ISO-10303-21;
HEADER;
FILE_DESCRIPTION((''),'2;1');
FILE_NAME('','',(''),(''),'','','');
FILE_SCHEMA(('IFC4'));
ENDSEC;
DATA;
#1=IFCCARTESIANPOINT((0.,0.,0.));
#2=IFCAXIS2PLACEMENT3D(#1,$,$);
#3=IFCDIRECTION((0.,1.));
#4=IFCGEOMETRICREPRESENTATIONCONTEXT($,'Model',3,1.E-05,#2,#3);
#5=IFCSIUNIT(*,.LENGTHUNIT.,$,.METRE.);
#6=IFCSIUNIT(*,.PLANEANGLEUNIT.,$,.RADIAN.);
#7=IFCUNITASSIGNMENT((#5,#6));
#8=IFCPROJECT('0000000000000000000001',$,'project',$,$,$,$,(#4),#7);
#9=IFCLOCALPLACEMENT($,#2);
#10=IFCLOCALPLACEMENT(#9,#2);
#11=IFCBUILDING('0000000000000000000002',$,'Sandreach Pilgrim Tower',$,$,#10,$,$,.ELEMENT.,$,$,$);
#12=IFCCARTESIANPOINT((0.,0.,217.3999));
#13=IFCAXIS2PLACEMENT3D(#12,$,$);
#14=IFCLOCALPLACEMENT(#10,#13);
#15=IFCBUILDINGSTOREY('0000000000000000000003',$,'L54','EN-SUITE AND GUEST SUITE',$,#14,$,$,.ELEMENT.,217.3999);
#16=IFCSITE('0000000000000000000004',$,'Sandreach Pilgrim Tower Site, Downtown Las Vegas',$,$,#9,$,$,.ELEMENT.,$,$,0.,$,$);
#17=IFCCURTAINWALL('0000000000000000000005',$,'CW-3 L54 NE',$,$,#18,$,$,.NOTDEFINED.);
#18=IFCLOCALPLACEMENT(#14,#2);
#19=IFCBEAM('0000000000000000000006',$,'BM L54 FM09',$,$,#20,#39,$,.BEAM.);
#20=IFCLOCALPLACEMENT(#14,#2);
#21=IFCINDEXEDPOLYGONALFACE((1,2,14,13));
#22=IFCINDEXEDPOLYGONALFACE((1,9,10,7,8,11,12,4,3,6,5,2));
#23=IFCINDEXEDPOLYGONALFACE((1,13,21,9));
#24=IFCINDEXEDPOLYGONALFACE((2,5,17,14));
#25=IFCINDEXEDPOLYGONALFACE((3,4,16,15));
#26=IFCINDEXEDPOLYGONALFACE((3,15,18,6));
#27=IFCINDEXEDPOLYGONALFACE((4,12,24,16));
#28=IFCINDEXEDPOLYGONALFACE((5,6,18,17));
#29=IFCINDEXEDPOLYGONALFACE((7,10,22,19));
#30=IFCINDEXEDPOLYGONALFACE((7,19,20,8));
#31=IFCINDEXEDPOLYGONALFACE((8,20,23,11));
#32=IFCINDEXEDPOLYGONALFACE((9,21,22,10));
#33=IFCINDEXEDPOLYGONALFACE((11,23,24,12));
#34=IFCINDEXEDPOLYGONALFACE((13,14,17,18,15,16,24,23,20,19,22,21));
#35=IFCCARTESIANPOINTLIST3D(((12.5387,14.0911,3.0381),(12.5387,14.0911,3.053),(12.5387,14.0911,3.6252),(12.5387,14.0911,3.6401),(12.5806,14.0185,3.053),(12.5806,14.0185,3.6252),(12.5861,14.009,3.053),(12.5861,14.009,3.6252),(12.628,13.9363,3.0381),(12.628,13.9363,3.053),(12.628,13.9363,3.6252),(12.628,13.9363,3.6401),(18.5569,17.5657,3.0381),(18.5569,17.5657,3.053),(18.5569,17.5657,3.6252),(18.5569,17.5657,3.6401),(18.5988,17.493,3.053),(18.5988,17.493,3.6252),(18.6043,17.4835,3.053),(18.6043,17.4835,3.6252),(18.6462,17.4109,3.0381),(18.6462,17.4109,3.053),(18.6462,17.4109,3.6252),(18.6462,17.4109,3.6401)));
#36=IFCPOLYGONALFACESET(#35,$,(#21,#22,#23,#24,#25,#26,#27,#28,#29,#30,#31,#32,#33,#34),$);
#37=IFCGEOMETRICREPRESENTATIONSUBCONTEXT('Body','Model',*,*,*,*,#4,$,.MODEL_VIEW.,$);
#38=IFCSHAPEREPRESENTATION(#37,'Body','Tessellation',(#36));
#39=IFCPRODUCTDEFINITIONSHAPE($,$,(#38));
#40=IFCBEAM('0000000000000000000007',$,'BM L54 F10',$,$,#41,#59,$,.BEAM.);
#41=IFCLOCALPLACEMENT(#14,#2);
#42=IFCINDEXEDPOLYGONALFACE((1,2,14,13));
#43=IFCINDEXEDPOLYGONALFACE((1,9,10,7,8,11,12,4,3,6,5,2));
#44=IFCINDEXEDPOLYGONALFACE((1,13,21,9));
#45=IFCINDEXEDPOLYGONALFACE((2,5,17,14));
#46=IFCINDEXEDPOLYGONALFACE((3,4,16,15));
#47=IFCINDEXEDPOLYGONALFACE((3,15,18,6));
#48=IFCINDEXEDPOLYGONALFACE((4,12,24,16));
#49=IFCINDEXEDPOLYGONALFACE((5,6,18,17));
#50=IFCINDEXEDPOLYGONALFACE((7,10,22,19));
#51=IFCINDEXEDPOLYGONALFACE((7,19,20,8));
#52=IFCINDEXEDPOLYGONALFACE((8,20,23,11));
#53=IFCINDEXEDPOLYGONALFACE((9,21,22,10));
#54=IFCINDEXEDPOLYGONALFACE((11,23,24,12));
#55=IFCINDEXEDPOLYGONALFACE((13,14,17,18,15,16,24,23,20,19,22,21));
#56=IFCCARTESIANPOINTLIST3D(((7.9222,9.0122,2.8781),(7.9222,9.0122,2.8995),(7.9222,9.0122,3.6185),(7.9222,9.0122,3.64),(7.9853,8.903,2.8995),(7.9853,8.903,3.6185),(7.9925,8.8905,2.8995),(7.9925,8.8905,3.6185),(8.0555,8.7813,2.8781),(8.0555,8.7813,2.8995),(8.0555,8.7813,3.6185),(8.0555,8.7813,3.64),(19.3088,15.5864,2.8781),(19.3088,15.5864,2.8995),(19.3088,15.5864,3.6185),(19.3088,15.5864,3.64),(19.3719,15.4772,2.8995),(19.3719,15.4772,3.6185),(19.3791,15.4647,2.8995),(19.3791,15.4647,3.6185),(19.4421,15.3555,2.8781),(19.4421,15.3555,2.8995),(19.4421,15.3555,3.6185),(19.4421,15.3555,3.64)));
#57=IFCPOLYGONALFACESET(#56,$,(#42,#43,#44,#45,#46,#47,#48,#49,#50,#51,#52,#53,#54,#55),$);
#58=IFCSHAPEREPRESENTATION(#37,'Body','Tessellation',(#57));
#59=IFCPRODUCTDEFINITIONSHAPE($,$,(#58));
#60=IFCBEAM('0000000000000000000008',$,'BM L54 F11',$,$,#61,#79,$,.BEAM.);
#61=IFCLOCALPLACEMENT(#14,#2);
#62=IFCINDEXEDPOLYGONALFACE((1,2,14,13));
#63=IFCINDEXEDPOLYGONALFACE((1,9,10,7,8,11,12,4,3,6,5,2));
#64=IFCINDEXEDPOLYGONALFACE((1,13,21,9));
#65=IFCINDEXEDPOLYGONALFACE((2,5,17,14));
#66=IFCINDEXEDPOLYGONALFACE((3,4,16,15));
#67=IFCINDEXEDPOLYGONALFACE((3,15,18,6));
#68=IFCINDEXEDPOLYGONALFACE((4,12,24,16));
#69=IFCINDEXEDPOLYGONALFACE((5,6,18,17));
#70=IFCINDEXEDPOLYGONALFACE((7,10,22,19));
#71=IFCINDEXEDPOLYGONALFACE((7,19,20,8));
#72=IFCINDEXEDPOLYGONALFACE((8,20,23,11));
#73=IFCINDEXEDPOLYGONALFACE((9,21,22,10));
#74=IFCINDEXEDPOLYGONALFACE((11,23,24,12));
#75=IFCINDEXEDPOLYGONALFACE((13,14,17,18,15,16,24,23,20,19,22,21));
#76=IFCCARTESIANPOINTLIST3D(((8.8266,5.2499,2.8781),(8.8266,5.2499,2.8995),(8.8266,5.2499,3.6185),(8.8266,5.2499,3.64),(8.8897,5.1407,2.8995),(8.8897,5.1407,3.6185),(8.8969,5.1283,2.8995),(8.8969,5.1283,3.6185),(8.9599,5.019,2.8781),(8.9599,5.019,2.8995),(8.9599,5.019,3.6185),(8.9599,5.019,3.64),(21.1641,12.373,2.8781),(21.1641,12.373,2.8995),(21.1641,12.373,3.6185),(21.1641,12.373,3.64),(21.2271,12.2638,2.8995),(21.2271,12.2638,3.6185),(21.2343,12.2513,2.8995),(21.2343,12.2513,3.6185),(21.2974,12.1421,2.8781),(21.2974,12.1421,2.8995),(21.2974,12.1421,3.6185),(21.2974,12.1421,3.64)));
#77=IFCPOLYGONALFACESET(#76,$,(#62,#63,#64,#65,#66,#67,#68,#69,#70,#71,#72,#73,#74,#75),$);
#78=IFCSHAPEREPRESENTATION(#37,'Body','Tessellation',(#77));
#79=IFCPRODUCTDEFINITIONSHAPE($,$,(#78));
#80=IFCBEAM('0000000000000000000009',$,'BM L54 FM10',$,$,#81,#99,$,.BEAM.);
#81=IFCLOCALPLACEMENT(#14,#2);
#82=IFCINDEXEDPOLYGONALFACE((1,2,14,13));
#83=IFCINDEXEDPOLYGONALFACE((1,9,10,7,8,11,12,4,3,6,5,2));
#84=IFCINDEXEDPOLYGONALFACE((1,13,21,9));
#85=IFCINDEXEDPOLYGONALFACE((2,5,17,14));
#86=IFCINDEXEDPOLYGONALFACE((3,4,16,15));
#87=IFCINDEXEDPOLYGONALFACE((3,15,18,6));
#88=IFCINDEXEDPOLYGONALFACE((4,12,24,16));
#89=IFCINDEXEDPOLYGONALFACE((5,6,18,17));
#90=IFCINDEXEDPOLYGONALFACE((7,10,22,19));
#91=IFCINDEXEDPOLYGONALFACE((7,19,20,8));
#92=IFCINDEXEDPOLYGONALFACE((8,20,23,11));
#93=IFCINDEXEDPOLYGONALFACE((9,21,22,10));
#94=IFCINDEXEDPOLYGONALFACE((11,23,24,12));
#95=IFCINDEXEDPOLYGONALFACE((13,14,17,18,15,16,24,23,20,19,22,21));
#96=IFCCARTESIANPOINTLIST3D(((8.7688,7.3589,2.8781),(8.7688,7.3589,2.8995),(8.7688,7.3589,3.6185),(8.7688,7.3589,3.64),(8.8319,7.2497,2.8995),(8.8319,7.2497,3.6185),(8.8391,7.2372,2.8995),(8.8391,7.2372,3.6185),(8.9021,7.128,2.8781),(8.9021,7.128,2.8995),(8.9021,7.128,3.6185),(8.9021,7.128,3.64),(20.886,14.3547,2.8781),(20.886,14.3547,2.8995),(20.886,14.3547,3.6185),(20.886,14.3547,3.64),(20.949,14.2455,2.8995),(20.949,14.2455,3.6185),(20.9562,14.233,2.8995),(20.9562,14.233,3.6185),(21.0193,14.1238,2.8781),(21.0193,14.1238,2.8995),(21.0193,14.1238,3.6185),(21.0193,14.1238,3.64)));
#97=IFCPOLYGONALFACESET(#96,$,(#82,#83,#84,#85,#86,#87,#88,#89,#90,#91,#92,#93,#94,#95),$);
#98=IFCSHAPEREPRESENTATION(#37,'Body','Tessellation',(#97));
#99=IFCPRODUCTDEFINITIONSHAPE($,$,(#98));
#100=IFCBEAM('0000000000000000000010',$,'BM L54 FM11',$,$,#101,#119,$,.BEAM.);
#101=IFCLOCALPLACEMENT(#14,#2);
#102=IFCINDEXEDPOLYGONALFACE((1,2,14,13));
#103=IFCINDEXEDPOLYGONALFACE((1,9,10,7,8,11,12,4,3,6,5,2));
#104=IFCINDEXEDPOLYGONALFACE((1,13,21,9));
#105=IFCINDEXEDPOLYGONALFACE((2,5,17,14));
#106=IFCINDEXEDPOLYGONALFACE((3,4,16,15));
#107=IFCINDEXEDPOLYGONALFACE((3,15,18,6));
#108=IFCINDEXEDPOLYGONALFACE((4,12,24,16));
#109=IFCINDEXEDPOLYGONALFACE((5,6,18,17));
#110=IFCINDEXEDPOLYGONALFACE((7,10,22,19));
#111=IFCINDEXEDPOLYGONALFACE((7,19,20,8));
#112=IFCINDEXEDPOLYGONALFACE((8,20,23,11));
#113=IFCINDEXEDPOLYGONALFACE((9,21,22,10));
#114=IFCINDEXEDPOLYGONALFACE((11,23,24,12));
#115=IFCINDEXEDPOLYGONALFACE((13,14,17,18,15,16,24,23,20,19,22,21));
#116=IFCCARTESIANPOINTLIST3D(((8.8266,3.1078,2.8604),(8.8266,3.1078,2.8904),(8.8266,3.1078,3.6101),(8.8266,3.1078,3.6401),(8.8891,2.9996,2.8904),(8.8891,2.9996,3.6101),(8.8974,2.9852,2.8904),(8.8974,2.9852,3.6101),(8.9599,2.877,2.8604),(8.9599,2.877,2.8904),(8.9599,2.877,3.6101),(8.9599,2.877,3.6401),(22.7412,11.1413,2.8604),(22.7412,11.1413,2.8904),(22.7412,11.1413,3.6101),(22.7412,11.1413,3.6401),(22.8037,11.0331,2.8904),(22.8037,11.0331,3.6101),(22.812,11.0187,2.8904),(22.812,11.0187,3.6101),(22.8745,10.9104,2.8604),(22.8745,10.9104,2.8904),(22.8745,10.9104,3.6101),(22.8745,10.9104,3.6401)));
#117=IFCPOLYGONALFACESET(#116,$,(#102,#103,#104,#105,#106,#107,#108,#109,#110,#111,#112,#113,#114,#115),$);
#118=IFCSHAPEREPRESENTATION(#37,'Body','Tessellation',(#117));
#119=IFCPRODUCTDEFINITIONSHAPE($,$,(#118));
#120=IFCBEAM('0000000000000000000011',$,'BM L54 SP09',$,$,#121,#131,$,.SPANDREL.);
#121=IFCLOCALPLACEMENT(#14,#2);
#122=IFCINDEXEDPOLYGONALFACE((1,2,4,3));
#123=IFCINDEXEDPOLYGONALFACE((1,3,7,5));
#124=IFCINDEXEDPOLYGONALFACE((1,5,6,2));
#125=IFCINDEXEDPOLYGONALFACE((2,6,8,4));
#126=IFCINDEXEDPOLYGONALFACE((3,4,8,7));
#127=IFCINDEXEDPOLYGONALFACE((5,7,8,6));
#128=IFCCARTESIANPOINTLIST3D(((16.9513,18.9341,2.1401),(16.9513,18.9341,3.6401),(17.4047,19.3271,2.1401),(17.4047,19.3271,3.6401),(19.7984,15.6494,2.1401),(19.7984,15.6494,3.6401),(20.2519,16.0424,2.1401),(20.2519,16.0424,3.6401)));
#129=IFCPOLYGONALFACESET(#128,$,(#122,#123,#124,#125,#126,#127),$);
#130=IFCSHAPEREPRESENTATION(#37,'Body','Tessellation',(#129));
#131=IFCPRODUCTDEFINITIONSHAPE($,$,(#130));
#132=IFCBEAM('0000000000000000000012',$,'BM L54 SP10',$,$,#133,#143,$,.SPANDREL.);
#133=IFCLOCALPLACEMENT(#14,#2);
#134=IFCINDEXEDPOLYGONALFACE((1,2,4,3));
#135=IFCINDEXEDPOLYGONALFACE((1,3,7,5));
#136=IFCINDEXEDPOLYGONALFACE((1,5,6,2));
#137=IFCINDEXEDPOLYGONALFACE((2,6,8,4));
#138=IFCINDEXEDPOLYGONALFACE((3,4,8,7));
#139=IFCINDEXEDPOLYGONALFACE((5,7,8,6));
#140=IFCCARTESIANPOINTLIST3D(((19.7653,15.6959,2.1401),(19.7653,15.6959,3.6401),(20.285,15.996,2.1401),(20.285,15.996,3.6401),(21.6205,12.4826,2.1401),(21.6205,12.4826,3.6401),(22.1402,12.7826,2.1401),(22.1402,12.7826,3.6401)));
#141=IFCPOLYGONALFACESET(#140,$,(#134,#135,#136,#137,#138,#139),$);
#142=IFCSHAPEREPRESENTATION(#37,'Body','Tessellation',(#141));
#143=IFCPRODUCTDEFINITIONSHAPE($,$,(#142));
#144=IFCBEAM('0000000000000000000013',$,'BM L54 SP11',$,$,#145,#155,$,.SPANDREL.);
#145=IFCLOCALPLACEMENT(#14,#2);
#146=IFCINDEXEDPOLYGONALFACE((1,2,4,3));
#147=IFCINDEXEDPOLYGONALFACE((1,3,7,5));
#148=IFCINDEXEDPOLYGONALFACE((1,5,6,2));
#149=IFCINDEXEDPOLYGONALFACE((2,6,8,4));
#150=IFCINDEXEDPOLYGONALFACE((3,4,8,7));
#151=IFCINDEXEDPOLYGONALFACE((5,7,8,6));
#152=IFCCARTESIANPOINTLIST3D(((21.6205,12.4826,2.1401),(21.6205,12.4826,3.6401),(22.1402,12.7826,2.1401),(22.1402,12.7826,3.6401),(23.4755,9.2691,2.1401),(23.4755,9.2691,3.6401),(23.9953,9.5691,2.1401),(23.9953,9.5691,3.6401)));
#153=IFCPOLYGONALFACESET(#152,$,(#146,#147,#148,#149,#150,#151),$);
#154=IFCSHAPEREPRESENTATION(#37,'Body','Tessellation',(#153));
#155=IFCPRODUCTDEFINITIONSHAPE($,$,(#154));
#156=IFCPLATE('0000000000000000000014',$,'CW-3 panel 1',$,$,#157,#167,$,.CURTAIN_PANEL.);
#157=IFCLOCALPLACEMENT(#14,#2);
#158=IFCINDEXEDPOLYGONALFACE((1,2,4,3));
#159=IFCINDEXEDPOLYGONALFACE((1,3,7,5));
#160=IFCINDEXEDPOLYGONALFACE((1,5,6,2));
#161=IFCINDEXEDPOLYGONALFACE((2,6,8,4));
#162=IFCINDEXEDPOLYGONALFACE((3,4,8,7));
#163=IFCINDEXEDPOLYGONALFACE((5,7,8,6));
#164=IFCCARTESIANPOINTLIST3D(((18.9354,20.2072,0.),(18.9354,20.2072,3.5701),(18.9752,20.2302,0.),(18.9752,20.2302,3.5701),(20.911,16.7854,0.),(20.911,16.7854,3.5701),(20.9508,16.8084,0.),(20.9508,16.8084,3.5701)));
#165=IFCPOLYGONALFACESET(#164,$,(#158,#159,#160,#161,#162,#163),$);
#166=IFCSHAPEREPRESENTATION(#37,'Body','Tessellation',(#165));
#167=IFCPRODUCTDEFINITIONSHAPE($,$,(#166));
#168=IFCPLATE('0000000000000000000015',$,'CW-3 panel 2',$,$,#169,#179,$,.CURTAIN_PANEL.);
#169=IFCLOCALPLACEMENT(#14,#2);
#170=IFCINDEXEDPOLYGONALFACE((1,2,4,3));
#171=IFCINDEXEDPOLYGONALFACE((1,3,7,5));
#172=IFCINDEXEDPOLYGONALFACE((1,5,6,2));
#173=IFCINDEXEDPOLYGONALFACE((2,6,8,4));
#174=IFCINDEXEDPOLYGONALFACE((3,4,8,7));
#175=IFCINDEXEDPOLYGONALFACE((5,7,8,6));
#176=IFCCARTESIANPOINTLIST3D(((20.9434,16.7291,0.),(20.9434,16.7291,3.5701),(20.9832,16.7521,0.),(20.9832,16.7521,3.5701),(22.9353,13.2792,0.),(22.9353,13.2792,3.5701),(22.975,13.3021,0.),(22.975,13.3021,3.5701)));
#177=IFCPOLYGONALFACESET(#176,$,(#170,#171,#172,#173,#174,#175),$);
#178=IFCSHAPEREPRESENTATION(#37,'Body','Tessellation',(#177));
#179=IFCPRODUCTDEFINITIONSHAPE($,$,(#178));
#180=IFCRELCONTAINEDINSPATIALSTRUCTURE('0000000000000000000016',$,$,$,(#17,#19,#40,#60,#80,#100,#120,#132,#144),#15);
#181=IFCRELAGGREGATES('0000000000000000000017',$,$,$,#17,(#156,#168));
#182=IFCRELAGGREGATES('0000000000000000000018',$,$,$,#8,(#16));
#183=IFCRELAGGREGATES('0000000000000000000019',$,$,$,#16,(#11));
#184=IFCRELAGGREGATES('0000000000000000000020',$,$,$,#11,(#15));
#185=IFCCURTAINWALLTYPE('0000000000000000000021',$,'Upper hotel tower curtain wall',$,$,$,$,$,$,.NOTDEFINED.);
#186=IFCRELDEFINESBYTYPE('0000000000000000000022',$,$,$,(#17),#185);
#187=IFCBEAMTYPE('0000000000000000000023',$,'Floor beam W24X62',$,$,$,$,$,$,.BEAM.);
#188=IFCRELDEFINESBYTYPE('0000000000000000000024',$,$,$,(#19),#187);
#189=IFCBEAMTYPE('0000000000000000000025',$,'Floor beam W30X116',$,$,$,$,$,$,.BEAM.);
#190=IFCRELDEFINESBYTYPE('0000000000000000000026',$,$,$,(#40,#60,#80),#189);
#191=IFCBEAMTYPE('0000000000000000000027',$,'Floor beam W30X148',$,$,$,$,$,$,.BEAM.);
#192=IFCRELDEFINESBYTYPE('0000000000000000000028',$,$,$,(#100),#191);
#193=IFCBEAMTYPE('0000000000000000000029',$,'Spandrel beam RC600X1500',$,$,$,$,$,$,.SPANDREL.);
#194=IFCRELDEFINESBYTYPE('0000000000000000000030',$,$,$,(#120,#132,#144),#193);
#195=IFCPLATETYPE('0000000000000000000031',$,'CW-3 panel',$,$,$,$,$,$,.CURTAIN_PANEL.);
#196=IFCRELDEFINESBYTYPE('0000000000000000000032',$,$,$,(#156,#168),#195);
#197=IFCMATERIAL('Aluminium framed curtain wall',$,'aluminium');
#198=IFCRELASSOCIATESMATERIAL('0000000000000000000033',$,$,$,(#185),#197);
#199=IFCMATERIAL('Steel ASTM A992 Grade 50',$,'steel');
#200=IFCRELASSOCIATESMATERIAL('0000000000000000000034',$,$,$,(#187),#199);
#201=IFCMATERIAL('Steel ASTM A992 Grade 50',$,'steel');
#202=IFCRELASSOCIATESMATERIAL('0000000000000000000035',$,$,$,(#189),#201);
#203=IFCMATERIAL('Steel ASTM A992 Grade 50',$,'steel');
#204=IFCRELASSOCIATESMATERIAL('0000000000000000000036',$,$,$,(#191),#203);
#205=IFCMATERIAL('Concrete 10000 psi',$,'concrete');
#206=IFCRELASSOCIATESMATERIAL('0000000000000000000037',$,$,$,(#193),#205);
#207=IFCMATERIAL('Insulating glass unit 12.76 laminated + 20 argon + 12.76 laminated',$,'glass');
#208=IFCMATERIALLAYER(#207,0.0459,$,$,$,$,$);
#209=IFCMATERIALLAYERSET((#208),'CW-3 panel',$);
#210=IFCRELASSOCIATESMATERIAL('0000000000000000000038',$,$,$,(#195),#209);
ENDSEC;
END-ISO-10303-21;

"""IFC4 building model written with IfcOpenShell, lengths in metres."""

from ifc_helpers import new_model, si_unit, direction, frame, origin, origin_2d, place, context, subcontext, project, spatial, rectangle, i_section, extrude, material, layer, layer_set, material_profile, profile_set, type_object, element, aggregate, save


model = new_model("IFC4")

# Units and contexts
model_context = context("Model", 3, precision=1e-05, world=origin(), true_north=direction((0.0, 1.0)))
body_context = subcontext(model_context, "Body", "Model", "MODEL_VIEW")
ifc_project = project(units=[si_unit("LENGTHUNIT", "METRE"), si_unit("PLANEANGLEUNIT", "RADIAN")], contexts=[model_context])

# Site, building, storey
site_placement = place(None, origin())
site = spatial("IfcSite", under=ifc_project, at=site_placement, Name="Sandreach Pilgrim Tower Site, Downtown Las Vegas", CompositionType="ELEMENT", RefElevation=0.0)
building_placement = place(site_placement, origin())
building = spatial("IfcBuilding", under=site, at=building_placement, Name="Sandreach Pilgrim Tower", CompositionType="ELEMENT")
storey_placement = place(building_placement, frame((0.0, 0.0, 217.3999)))
storey = spatial("IfcBuildingStorey", under=building, at=storey_placement, Name="L54", Description="EN-SUITE AND GUEST SUITE", CompositionType="ELEMENT", Elevation=217.3999)

# Shared definitions
ifc_material_1 = material(Name="Aluminium framed curtain wall", Category="aluminium")
curtain_wall_type = type_object("IfcCurtainWallType", Name="Upper hotel tower curtain wall", PredefinedType="NOTDEFINED", material=ifc_material_1)

# Curtain wall
curtain_wall_1_placement = place(storey_placement, origin())
curtain_wall_1 = element("IfcCurtainWall", 1, at=curtain_wall_1_placement, inside=storey, type_object=curtain_wall_type, Name="CW-3 L54 NE", PredefinedType="NOTDEFINED")

# Beams
ifc_material_2 = material(Name="Steel ASTM A992 Grade 50", Category="steel")
ifc_material_profile_1 = material_profile(ifc_material_2, i_section(OverallWidth=0.1787, OverallDepth=0.6021, WebThickness=0.011, FlangeThickness=0.0149, at=origin_2d()), Name="W24X62")
ifc_profile_set_1 = profile_set([ifc_material_profile_1], Name="Steel ASTM A992 Grade 50")
beam_type_1 = type_object("IfcBeamType", Name="Floor beam W24X62", PredefinedType="BEAM", material=ifc_profile_set_1)
beam_1_placement = place(storey_placement, frame((18.6016, 17.4883, 3.3391), z_axis=(-0.866029, -0.499993, 0.0), x_axis=(0.499993, -0.866029, 0.0)))
element("IfcBeam", 2, at=beam_1_placement, inside=storey, type_object=beam_type_1, Name="BM L54 FM09", PredefinedType="BEAM", context=body_context, shape_type="SweptSolid", body=[
    extrude(i_section(OverallWidth=0.1787, OverallDepth=0.6021, WebThickness=0.011, FlangeThickness=0.0149, at=origin_2d()), origin(), (0.0, 0.0, 1.0), 6.9492),
])
ifc_material_3 = material(Name="Steel ASTM A992 Grade 50", Category="steel")
ifc_material_profile_2 = material_profile(ifc_material_3, i_section(OverallWidth=0.2666, OverallDepth=0.762, WebThickness=0.0144, FlangeThickness=0.0215, at=origin_2d()), Name="W30X116")
ifc_profile_set_2 = profile_set([ifc_material_profile_2], Name="Steel ASTM A992 Grade 50")
beam_type_2 = type_object("IfcBeamType", Name="Floor beam W30X116", PredefinedType="BEAM", material=ifc_profile_set_2)
beam_2_placement = place(storey_placement, frame((19.3755, 15.4709, 3.259), z_axis=(-0.866022, -0.500005, 0.0), x_axis=(0.500005, -0.866022, 0.0)))
element("IfcBeam", 3, at=beam_2_placement, inside=storey, type_object=beam_type_2, Name="BM L54 F10", PredefinedType="BEAM", context=body_context, shape_type="SweptSolid", body=[
    extrude(i_section(OverallWidth=0.2666, OverallDepth=0.762, WebThickness=0.0144, FlangeThickness=0.0215, at=origin_2d()), origin(), (0.0, 0.0, 1.0), 13.1482),
])
beam_3_placement = place(storey_placement, frame((21.2307, 12.2576, 3.259), z_axis=(-0.866024, -0.500002, 0.0), x_axis=(0.500002, -0.866024, 0.0)))
element("IfcBeam", 4, at=beam_3_placement, inside=storey, type_object=beam_type_2, Name="BM L54 F11", PredefinedType="BEAM", context=body_context, shape_type="SweptSolid", body=[
    extrude(i_section(OverallWidth=0.2666, OverallDepth=0.762, WebThickness=0.0144, FlangeThickness=0.0215, at=origin_2d()), origin(), (0.0, 0.0, 1.0), 14.2461),
])
beam_4_placement = place(storey_placement, frame((20.9526, 14.2393, 3.259), z_axis=(-0.866026, -0.499999, 0.0), x_axis=(0.499999, -0.866026, 0.0)))
element("IfcBeam", 5, at=beam_4_placement, inside=storey, type_object=beam_type_2, Name="BM L54 FM10", PredefinedType="BEAM", context=body_context, shape_type="SweptSolid", body=[
    extrude(i_section(OverallWidth=0.2666, OverallDepth=0.762, WebThickness=0.0144, FlangeThickness=0.0215, at=origin_2d()), origin(), (0.0, 0.0, 1.0), 13.9917),
])
ifc_material_4 = material(Name="Steel ASTM A992 Grade 50", Category="steel")
ifc_material_profile_3 = material_profile(ifc_material_4, i_section(OverallWidth=0.2666, OverallDepth=0.7798, WebThickness=0.0166, FlangeThickness=0.03, at=origin_2d()), Name="W30X148")
ifc_profile_set_3 = profile_set([ifc_material_profile_3], Name="Steel ASTM A992 Grade 50")
beam_type_3 = type_object("IfcBeamType", Name="Floor beam W30X148", PredefinedType="BEAM", material=ifc_profile_set_3)
beam_5_placement = place(storey_placement, frame((22.8079, 11.0259, 3.2502), z_axis=(-0.866029, -0.499994, 0.0), x_axis=(0.499994, -0.866029, 0.0)))
element("IfcBeam", 6, at=beam_5_placement, inside=storey, type_object=beam_type_3, Name="BM L54 FM11", PredefinedType="BEAM", context=body_context, shape_type="SweptSolid", body=[
    extrude(i_section(OverallWidth=0.2666, OverallDepth=0.7798, WebThickness=0.0166, FlangeThickness=0.03, at=origin_2d()), origin(), (0.0, 0.0, 1.0), 16.0671),
])
ifc_material_5 = material(Name="Concrete 10000 psi", Category="concrete")
ifc_material_profile_4 = material_profile(ifc_material_5, rectangle(XDim=0.6001, YDim=1.5, at=origin_2d()), Name="RC600X1500")
ifc_profile_set_4 = profile_set([ifc_material_profile_4], Name="Concrete 10000 psi")
beam_type_4 = type_object("IfcBeamType", Name="Spandrel beam RC600X1500", PredefinedType="SPANDREL", material=ifc_profile_set_4)
beam_6_placement = place(storey_placement, frame((17.178, 19.1306, 2.8901), z_axis=(0.65499, -0.755637, 0.0), x_axis=(0.755637, 0.65499, 0.0)))
element("IfcBeam", 7, at=beam_6_placement, inside=storey, type_object=beam_type_4, Name="BM L54 SP09", PredefinedType="SPANDREL", context=body_context, shape_type="SweptSolid", body=[
    extrude(rectangle(XDim=0.6001, YDim=1.5, at=origin_2d()), origin(), (0.0, 0.0, 1.0), 4.3469),
])
for number, where, z_axis, x_axis, name in (
    (8, (20.0251, 15.8459, 2.8901), (0.499996, -0.866028, 0.0), (0.866028, 0.499996, 0.0), "BM L54 SP10"),
    (9, (21.8804, 12.6326, 2.8901), (0.499946, -0.866056, 0.0), (0.866056, 0.499946, 0.0), "BM L54 SP11"),
):
    element("IfcBeam", number, at=place(storey_placement, frame(where, z_axis=z_axis, x_axis=x_axis)), inside=storey, type_object=beam_type_4, Name=name, PredefinedType="SPANDREL", context=body_context, shape_type="SweptSolid", body=[
        extrude(rectangle(XDim=0.6001, YDim=1.5, at=origin_2d()), origin(), (0.0, 0.0, 1.0), 3.7104),
    ])

# Plates
ifc_material_6 = material(Name="Insulating glass unit 12.76 laminated + 20 argon + 12.76 laminated", Category="glass")
ifc_layer_1 = layer(ifc_material_6, 0.0459)
ifc_layer_set_1 = layer_set([ifc_layer_1], Name="CW-3 panel")
plate_type = type_object("IfcPlateType", Name="CW-3 panel", PredefinedType="CURTAIN_PANEL", material=ifc_layer_set_1)
plate_1_placement = place(storey_placement, frame((19.9431, 18.5078, 0.0), z_axis=(0.0, 0.0, 1.0), x_axis=(0.5, -0.866025, 0.0)))
plate_1 = element("IfcPlate", 10, at=plate_1_placement, type_object=plate_type, Name="CW-3 panel 1", PredefinedType="CURTAIN_PANEL", context=body_context, shape_type="SweptSolid", body=[
    extrude(rectangle(XDim=3.9512, YDim=0.0459, at=origin_2d()), origin(), (0.0, 0.0, 1.0), 3.5701),
])
plate_2_placement = place(storey_placement, frame((21.9592, 15.0156, 0.0), z_axis=(0.0, 0.0, 1.0), x_axis=(0.5, -0.866025, 0.0)))
plate_2 = element("IfcPlate", 11, at=plate_2_placement, type_object=plate_type, Name="CW-3 panel 2", PredefinedType="CURTAIN_PANEL", context=body_context, shape_type="SweptSolid", body=[
    extrude(rectangle(XDim=3.9836, YDim=0.0459, at=origin_2d()), origin(), (0.0, 0.0, 1.0), 3.5701),
])
aggregate(curtain_wall_1, [plate_1, plate_2])

save(model, "model.ifc")
